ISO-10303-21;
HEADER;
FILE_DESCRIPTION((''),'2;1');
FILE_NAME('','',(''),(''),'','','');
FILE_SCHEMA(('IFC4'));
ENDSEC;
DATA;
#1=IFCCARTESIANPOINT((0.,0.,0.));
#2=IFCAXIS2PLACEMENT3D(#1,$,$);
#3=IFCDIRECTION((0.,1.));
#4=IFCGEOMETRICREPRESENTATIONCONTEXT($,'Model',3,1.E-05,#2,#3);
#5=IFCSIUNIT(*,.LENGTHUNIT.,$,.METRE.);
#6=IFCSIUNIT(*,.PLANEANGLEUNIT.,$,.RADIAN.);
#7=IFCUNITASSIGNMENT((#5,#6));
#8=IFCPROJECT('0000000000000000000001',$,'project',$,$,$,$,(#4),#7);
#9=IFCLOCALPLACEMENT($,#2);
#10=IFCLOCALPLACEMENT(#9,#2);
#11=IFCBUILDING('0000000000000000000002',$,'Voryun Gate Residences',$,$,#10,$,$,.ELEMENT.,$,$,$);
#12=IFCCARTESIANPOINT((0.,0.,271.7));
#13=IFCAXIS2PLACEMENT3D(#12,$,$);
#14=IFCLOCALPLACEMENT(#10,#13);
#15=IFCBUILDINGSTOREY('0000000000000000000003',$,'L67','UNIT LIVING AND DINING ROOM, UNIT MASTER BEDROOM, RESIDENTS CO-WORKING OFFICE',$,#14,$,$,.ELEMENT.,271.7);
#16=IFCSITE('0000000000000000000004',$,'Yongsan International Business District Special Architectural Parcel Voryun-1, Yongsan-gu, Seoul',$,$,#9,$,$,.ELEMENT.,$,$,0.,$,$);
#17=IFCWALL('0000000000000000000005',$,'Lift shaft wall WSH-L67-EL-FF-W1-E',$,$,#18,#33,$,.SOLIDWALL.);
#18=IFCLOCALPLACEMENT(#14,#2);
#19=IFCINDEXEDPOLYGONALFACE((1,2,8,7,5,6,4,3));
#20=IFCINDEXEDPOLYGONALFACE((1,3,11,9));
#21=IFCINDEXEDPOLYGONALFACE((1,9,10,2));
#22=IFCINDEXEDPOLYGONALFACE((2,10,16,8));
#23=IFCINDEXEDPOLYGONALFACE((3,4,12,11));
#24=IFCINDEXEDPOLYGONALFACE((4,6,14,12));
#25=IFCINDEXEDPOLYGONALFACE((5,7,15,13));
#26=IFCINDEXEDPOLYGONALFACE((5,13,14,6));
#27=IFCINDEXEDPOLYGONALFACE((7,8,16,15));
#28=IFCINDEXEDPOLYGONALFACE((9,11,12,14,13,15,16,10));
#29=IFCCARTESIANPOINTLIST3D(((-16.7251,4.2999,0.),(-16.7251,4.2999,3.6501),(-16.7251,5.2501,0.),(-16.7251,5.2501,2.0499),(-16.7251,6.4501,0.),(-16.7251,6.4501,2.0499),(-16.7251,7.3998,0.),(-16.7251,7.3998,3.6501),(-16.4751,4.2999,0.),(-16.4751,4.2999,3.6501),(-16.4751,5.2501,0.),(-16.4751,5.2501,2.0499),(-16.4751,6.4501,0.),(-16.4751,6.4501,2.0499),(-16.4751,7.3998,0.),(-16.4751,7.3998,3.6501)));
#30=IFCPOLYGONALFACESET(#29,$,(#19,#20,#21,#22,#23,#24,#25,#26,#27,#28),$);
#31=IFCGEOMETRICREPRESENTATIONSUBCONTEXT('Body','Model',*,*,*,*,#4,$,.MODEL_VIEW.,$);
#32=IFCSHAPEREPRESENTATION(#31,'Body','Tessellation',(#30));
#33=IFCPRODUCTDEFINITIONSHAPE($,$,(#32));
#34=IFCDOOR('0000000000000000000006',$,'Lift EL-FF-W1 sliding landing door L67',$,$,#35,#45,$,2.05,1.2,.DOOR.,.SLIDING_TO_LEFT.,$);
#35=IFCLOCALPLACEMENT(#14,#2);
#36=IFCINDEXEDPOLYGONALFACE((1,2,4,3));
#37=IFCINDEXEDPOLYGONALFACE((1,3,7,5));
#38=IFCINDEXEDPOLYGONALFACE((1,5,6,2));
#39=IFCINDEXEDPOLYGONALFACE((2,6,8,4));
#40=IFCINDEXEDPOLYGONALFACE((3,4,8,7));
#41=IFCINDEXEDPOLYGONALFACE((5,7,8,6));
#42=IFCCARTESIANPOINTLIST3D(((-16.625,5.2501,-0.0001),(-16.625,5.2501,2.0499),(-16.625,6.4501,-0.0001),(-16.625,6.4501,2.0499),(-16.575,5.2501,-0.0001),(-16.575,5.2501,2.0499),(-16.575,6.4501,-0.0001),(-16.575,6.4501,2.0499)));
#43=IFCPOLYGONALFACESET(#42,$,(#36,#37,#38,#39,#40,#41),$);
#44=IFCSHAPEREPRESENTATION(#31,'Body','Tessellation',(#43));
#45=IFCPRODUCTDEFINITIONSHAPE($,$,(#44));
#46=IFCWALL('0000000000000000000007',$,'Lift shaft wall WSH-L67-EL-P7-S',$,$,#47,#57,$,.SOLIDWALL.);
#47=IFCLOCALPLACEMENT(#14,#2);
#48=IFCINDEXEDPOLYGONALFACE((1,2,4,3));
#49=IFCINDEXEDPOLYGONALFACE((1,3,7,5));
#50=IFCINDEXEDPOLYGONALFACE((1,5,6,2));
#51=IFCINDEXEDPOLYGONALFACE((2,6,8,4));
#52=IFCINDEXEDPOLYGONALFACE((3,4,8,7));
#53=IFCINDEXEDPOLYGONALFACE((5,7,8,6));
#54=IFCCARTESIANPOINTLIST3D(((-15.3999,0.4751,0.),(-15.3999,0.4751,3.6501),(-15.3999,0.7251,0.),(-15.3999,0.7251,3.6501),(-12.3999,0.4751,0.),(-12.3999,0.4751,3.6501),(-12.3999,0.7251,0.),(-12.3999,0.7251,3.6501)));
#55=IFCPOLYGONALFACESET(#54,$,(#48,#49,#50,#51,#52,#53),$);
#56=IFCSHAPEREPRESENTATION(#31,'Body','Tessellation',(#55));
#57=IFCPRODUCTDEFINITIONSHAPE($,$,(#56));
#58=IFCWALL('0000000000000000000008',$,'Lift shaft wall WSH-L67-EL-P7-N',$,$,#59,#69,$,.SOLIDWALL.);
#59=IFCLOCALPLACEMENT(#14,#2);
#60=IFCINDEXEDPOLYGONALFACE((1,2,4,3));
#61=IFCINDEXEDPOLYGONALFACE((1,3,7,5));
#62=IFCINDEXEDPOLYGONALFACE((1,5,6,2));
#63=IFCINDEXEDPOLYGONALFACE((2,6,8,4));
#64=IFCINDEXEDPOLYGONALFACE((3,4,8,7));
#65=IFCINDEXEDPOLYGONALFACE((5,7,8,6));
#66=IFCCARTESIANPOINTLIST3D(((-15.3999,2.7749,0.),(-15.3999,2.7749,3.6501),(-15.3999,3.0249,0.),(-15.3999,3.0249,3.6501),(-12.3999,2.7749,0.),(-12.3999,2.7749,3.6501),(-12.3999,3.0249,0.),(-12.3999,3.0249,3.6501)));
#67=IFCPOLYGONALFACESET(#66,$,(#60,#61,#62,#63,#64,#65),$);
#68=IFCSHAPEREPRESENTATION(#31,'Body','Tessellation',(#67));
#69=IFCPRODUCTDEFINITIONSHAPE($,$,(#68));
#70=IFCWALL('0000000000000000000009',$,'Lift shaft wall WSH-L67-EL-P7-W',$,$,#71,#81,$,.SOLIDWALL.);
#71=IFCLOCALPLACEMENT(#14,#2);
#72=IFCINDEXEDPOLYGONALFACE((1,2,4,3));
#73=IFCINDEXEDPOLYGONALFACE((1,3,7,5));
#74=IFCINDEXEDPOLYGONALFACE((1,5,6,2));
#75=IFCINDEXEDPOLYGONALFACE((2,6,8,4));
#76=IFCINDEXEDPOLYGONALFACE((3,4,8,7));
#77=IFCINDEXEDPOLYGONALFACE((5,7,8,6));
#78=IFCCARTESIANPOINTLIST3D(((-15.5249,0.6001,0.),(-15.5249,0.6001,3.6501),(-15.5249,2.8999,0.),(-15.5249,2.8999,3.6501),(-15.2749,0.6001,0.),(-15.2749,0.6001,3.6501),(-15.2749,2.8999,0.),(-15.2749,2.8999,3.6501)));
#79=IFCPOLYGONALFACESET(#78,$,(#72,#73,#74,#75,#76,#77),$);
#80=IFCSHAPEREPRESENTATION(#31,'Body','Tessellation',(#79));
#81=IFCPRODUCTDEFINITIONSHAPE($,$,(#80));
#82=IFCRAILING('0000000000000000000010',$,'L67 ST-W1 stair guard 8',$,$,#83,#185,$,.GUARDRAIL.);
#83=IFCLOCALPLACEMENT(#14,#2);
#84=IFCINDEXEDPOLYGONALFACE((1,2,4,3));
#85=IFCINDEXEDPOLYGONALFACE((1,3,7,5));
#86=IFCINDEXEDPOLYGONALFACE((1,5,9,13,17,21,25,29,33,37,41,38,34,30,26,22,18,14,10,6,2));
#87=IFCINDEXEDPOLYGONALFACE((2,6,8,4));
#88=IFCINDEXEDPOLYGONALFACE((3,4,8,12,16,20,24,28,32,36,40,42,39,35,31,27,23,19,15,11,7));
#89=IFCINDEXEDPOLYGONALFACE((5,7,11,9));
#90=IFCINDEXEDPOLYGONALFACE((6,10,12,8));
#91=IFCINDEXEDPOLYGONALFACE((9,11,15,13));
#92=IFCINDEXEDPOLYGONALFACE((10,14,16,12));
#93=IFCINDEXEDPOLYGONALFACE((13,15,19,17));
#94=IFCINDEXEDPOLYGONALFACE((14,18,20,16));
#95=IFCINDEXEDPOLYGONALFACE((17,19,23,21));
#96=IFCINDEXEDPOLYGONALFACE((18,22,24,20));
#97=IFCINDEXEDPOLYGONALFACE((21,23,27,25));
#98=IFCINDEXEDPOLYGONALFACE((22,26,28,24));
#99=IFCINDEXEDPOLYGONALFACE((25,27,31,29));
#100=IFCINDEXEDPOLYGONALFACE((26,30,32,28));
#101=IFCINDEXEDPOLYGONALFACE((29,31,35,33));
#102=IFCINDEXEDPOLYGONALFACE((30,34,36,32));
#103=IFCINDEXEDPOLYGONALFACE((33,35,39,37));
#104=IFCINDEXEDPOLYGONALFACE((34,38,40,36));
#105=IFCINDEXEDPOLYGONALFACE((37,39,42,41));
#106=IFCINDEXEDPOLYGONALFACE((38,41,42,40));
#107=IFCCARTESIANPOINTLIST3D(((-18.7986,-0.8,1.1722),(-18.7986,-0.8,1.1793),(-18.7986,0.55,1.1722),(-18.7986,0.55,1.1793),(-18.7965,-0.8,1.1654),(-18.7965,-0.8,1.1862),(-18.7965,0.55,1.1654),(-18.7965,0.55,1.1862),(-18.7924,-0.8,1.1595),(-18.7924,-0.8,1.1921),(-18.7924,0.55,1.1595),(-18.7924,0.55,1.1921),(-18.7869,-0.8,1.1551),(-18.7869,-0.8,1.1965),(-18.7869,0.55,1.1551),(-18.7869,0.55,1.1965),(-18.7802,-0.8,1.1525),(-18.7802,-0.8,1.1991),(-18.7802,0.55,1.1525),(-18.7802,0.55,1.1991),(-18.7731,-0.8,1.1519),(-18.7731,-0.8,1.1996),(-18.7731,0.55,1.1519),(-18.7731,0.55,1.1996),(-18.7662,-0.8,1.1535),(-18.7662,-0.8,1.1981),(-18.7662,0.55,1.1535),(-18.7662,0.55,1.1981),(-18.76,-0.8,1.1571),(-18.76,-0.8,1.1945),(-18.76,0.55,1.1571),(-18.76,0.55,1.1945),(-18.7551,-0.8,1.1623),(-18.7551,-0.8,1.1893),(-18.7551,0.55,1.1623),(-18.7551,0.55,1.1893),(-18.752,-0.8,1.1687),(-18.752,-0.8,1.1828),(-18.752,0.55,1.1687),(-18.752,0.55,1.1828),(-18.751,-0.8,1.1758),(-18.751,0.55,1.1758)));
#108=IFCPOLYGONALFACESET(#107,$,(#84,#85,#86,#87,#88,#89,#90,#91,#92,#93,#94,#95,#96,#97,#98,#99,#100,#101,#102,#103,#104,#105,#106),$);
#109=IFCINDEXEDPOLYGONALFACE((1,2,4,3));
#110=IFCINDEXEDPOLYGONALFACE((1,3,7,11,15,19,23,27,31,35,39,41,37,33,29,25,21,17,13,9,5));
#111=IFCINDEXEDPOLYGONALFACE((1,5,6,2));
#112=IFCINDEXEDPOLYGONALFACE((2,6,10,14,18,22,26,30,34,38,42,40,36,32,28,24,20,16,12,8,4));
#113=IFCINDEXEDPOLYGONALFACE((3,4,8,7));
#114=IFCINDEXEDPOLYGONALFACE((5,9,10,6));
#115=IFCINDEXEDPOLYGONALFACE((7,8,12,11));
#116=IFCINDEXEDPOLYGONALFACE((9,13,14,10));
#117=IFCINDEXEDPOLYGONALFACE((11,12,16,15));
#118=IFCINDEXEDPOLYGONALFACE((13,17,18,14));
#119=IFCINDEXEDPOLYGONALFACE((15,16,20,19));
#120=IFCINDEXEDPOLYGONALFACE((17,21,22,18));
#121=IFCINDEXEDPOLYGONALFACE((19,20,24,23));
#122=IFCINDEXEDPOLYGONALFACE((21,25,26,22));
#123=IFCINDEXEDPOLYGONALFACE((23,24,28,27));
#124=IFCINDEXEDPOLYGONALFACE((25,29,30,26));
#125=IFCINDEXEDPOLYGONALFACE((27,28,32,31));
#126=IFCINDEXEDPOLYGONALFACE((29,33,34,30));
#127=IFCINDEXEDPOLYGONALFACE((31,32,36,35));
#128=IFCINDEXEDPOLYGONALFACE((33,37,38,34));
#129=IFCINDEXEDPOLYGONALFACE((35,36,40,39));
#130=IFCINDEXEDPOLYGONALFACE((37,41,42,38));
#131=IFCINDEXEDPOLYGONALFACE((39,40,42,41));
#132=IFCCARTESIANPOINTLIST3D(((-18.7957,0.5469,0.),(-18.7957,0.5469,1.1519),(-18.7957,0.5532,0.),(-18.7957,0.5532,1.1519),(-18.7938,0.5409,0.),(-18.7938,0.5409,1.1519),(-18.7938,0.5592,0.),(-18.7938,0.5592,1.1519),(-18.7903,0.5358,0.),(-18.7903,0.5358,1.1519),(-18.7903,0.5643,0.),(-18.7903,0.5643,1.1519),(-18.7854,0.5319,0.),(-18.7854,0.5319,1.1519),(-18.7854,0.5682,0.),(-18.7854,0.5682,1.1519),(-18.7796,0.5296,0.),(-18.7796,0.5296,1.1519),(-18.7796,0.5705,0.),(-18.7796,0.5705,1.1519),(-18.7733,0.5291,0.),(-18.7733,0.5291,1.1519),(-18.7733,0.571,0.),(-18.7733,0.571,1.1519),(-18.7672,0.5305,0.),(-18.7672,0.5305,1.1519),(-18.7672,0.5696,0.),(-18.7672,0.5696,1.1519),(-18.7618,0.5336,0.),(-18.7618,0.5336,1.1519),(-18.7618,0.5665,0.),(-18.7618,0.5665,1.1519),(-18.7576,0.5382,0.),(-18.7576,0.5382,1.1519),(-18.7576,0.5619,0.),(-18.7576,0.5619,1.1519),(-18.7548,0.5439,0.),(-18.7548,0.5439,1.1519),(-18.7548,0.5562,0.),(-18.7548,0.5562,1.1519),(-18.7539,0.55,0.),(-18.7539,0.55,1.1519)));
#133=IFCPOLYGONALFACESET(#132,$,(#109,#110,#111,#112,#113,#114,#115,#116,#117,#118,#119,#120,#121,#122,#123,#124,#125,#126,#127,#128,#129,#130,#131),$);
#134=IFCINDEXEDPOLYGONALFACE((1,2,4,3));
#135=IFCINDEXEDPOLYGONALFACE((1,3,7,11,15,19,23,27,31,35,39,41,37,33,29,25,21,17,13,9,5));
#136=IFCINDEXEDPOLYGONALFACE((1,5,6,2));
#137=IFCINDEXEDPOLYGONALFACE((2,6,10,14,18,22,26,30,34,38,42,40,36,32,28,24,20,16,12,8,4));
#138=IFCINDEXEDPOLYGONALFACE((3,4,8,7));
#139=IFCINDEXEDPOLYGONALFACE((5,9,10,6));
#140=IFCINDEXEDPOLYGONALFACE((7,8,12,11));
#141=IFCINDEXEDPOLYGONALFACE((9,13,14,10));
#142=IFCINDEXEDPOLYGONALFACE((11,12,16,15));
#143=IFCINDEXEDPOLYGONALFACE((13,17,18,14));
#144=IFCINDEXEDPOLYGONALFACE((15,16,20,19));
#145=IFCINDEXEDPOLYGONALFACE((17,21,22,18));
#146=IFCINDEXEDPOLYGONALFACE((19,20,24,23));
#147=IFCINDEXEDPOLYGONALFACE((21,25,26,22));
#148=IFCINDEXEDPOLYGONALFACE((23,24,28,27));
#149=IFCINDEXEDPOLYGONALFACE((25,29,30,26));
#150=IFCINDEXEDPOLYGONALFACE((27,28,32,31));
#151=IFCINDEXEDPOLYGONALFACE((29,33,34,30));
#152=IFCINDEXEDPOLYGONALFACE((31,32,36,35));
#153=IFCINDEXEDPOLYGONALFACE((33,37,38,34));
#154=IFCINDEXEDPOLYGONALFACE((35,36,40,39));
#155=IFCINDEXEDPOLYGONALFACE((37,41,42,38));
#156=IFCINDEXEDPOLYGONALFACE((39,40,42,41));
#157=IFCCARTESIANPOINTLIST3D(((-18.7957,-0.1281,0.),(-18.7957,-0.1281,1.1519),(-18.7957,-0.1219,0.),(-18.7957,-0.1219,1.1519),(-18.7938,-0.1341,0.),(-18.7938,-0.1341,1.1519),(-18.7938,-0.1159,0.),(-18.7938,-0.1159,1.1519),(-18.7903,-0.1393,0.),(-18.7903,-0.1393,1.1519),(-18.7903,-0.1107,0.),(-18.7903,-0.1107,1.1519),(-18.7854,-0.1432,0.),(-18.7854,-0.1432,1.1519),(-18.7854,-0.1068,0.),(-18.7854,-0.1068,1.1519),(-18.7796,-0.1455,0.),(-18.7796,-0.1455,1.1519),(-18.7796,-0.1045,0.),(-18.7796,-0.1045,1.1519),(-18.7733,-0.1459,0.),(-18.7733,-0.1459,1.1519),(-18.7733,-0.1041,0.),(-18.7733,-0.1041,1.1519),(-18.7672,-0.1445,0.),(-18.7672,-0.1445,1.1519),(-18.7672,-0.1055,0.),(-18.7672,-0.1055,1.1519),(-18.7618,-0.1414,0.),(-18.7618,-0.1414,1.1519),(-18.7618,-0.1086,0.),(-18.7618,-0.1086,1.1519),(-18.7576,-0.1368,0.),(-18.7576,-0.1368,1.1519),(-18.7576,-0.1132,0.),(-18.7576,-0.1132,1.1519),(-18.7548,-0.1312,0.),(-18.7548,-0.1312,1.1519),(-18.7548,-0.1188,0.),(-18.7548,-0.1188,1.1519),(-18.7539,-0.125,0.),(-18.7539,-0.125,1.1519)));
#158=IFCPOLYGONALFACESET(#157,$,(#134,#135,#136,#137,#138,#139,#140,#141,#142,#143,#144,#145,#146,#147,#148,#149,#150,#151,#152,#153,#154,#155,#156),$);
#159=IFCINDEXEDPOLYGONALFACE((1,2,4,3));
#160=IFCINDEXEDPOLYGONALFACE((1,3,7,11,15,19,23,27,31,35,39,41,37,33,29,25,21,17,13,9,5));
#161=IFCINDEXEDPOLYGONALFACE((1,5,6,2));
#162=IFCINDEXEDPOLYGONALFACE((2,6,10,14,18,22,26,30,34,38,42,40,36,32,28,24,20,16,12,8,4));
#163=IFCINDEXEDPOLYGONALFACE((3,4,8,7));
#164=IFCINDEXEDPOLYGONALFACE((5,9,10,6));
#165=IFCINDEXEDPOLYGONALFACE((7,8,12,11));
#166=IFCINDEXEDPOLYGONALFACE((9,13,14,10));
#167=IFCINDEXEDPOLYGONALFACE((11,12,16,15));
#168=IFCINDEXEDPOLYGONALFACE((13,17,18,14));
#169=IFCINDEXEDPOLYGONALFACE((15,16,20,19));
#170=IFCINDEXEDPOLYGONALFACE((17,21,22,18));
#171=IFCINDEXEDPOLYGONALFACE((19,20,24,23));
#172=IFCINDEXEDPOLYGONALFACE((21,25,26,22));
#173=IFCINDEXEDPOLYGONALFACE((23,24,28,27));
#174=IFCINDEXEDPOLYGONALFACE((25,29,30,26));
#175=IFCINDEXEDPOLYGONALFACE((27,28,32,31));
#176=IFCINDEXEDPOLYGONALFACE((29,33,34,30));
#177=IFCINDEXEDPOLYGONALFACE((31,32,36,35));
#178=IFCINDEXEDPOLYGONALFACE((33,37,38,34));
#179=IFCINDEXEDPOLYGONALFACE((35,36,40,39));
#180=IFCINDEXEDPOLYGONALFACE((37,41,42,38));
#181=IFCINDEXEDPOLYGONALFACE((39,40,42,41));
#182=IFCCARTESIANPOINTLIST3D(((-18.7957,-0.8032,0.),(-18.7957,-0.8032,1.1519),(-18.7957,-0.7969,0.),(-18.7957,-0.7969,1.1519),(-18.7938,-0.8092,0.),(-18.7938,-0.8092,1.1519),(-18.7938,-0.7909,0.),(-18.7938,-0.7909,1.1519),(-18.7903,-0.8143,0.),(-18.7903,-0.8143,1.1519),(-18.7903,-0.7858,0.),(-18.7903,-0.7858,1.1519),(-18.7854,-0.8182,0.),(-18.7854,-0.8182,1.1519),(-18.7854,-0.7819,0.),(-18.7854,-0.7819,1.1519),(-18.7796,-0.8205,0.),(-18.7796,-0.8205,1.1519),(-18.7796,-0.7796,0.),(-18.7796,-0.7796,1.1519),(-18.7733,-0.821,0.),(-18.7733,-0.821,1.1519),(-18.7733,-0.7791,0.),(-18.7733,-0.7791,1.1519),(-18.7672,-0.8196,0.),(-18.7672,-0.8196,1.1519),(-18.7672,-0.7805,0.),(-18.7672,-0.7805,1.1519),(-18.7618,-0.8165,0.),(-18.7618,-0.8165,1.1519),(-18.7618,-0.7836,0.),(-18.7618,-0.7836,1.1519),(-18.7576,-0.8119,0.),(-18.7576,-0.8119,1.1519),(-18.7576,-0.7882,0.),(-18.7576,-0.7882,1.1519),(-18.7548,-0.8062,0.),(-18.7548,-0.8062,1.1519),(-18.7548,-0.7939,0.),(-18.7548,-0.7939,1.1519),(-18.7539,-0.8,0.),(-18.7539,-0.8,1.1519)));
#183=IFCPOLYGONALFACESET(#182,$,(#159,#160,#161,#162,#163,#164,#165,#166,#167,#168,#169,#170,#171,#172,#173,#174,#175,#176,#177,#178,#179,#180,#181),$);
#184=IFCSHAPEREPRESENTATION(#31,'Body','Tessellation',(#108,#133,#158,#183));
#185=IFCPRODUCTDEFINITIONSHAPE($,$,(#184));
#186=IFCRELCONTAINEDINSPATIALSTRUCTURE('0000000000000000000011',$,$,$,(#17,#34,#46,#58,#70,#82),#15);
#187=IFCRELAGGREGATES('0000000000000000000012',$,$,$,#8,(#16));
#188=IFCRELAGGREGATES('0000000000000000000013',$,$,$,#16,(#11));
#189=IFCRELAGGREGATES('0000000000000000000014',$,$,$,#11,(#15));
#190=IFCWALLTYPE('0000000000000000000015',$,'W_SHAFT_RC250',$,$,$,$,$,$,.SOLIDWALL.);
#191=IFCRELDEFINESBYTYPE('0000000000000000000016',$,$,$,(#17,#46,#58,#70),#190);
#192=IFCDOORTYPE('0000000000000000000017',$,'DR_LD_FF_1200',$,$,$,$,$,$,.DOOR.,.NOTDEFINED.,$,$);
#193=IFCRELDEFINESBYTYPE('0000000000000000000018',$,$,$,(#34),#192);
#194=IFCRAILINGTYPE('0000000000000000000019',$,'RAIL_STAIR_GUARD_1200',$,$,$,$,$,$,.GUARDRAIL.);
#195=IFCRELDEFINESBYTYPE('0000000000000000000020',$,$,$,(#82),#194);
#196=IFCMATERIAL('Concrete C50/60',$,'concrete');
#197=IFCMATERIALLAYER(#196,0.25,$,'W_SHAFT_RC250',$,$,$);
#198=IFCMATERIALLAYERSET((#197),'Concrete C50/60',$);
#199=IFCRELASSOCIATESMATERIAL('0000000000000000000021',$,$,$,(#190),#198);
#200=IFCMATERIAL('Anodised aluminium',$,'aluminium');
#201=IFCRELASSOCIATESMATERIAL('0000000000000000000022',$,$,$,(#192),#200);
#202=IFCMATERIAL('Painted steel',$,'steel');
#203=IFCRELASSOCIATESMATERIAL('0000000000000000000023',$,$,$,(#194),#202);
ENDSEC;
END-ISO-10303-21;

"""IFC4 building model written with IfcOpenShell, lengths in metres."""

from ifc_helpers import new_model, si_unit, direction, frame, frame_2d, origin, origin_2d, place, context, subcontext, project, spatial, rectangle, circle, extrude, material, layer, layer_set, type_object, element, fill, save


model = new_model("IFC4")

# Units and contexts
model_context = context("Model", 3, precision=1e-05, world=origin(), true_north=direction((0.0, 1.0)))
body_context = subcontext(model_context, "Body", "Model", "MODEL_VIEW")
ifc_project = project(units=[si_unit("LENGTHUNIT", "METRE"), si_unit("PLANEANGLEUNIT", "RADIAN")], contexts=[model_context])

# Site, building, storey
site_placement = place(None, origin())
site = spatial("IfcSite", under=ifc_project, at=site_placement, Name="Yongsan International Business District Special Architectural Parcel Voryun-1, Yongsan-gu, Seoul", CompositionType="ELEMENT", RefElevation=0.0)
building_placement = place(site_placement, origin())
building = spatial("IfcBuilding", under=site, at=building_placement, Name="Voryun Gate Residences", CompositionType="ELEMENT")
storey_placement = place(building_placement, frame((0.0, 0.0, 271.7)))
storey = spatial("IfcBuildingStorey", under=building, at=storey_placement, Name="L67", Description="UNIT LIVING AND DINING ROOM, UNIT MASTER BEDROOM, RESIDENTS CO-WORKING OFFICE", CompositionType="ELEMENT", Elevation=271.7)

# Wall, opening, door
ifc_material_1 = material(Name="Concrete C50/60", Category="concrete")
ifc_layer_1 = layer(ifc_material_1, 0.25, Name="W_SHAFT_RC250")
ifc_layer_set_1 = layer_set([ifc_layer_1], Name="Concrete C50/60")
wall_type_1 = type_object("IfcWallType", Name="W_SHAFT_RC250", PredefinedType="SOLIDWALL", material=ifc_layer_set_1)
wall_1_placement = place(storey_placement, frame((-16.6001, 4.3, 0.0), z_axis=(0.0, 0.0, 1.0), x_axis=(0.0, 1.0, 0.0)))
wall_1 = element("IfcWall", 1, at=wall_1_placement, inside=storey, type_object=wall_type_1, Name="Lift shaft wall WSH-L67-EL-FF-W1-E", PredefinedType="SOLIDWALL", context=body_context, shape_type="SweptSolid", body=[
    extrude(rectangle(XDim=3.0999, YDim=0.25, at=frame_2d((1.5498, 0.0))), origin(), (0.0, 0.0, 1.0), 3.6501),
])
opening_1_placement = place(wall_1_placement, frame((0.95, 0.0, 0.0)))
opening_1 = element("IfcOpeningElement", 2, at=opening_1_placement, cuts=wall_1, PredefinedType="OPENING", context=body_context, shape_type="SweptSolid", body=[
    extrude(rectangle(XDim=1.2, YDim=2.05, at=frame_2d((0.6001, 1.0249))), frame((0.0, 0.135, 0.0), z_axis=(0.0, -1.0, 0.0), x_axis=(1.0, 0.0, 0.0)), (0.0, 0.0, 1.0), 0.27),
])
ifc_material_2 = material(Name="Anodised aluminium", Category="aluminium")
door_type_1 = type_object("IfcDoorType", Name="DR_LD_FF_1200", OperationType="NOTDEFINED", PredefinedType="DOOR", material=ifc_material_2)
door_1_placement = place(opening_1_placement, origin())
door_1 = element("IfcDoor", 3, at=door_1_placement, inside=storey, type_object=door_type_1, Name="Lift EL-FF-W1 sliding landing door L67", OperationType="SLIDING_TO_LEFT", OverallHeight=2.05, OverallWidth=1.2, PredefinedType="DOOR", context=body_context, shape_type="SweptSolid", body=[
    extrude(rectangle(XDim=1.2, YDim=2.05, at=frame_2d((0.6001, 1.0249))), frame((0.0, 0.0249, 0.0), z_axis=(0.0, -1.0, 0.0), x_axis=(1.0, 0.0, 0.0)), (0.0, 0.0, 1.0), 0.05),
])
fill(opening_1, door_1)

# Walls
for number, where, z_axis, x_axis, name in (
    (4, (-15.3999, 0.6001, 0.0), (0.0, 0.0, 1.0), (1.0, 0.0, 0.0), "Lift shaft wall WSH-L67-EL-P7-S"),
    (5, (-12.3999, 2.8999, 0.0), (0.0, 0.0, 1.0), (-1.0, 0.0, 0.0), "Lift shaft wall WSH-L67-EL-P7-N"),
):
    element("IfcWall", number, at=place(storey_placement, frame(where, z_axis=z_axis, x_axis=x_axis)), inside=storey, type_object=wall_type_1, Name=name, PredefinedType="SOLIDWALL", context=body_context, shape_type="SweptSolid", body=[
        extrude(rectangle(XDim=3.0, YDim=0.25, at=frame_2d((1.5, 0.0))), origin(), (0.0, 0.0, 1.0), 3.6501),
    ])
wall_2_placement = place(storey_placement, frame((-15.3999, 2.8999, 0.0), z_axis=(0.0, 0.0, 1.0), x_axis=(0.0, -1.0, 0.0)))
element("IfcWall", 6, at=wall_2_placement, inside=storey, type_object=wall_type_1, Name="Lift shaft wall WSH-L67-EL-P7-W", PredefinedType="SOLIDWALL", context=body_context, shape_type="SweptSolid", body=[
    extrude(rectangle(XDim=2.2998, YDim=0.25, at=frame_2d((1.1499, 0.0))), origin(), (0.0, 0.0, 1.0), 3.6501),
])

# Railing
ifc_material_3 = material(Name="Painted steel", Category="steel")
railing_type = type_object("IfcRailingType", Name="RAIL_STAIR_GUARD_1200", PredefinedType="GUARDRAIL", material=ifc_material_3)
for number, where, name in (
    (7, (-18.7749, 0.55, 0.0), "L67 ST-W1 stair guard 8"),
):
    element("IfcRailing", number, at=place(storey_placement, frame(where)), inside=storey, type_object=railing_type, Name=name, PredefinedType="GUARDRAIL", context=body_context, shape_type="SweptSolid", body=[
        extrude(circle(Radius=0.0239, at=origin_2d()), frame((0.0, 0.0, 1.1758), z_axis=(0.0, -1.0, 0.0), x_axis=(1.0, 0.0, 0.0)), (0.0, 0.0, 1.0), 1.3501),
        extrude(circle(Radius=0.021, at=origin_2d()), origin(), (0.0, 0.0, 1.0), 1.1519),
        extrude(circle(Radius=0.021, at=origin_2d()), frame((0.0, -0.675, 0.0)), (0.0, 0.0, 1.0), 1.1519),
        extrude(circle(Radius=0.021, at=origin_2d()), frame((0.0, -1.3501, 0.0)), (0.0, 0.0, 1.0), 1.1519),
    ])

save(model, "model.ifc")
